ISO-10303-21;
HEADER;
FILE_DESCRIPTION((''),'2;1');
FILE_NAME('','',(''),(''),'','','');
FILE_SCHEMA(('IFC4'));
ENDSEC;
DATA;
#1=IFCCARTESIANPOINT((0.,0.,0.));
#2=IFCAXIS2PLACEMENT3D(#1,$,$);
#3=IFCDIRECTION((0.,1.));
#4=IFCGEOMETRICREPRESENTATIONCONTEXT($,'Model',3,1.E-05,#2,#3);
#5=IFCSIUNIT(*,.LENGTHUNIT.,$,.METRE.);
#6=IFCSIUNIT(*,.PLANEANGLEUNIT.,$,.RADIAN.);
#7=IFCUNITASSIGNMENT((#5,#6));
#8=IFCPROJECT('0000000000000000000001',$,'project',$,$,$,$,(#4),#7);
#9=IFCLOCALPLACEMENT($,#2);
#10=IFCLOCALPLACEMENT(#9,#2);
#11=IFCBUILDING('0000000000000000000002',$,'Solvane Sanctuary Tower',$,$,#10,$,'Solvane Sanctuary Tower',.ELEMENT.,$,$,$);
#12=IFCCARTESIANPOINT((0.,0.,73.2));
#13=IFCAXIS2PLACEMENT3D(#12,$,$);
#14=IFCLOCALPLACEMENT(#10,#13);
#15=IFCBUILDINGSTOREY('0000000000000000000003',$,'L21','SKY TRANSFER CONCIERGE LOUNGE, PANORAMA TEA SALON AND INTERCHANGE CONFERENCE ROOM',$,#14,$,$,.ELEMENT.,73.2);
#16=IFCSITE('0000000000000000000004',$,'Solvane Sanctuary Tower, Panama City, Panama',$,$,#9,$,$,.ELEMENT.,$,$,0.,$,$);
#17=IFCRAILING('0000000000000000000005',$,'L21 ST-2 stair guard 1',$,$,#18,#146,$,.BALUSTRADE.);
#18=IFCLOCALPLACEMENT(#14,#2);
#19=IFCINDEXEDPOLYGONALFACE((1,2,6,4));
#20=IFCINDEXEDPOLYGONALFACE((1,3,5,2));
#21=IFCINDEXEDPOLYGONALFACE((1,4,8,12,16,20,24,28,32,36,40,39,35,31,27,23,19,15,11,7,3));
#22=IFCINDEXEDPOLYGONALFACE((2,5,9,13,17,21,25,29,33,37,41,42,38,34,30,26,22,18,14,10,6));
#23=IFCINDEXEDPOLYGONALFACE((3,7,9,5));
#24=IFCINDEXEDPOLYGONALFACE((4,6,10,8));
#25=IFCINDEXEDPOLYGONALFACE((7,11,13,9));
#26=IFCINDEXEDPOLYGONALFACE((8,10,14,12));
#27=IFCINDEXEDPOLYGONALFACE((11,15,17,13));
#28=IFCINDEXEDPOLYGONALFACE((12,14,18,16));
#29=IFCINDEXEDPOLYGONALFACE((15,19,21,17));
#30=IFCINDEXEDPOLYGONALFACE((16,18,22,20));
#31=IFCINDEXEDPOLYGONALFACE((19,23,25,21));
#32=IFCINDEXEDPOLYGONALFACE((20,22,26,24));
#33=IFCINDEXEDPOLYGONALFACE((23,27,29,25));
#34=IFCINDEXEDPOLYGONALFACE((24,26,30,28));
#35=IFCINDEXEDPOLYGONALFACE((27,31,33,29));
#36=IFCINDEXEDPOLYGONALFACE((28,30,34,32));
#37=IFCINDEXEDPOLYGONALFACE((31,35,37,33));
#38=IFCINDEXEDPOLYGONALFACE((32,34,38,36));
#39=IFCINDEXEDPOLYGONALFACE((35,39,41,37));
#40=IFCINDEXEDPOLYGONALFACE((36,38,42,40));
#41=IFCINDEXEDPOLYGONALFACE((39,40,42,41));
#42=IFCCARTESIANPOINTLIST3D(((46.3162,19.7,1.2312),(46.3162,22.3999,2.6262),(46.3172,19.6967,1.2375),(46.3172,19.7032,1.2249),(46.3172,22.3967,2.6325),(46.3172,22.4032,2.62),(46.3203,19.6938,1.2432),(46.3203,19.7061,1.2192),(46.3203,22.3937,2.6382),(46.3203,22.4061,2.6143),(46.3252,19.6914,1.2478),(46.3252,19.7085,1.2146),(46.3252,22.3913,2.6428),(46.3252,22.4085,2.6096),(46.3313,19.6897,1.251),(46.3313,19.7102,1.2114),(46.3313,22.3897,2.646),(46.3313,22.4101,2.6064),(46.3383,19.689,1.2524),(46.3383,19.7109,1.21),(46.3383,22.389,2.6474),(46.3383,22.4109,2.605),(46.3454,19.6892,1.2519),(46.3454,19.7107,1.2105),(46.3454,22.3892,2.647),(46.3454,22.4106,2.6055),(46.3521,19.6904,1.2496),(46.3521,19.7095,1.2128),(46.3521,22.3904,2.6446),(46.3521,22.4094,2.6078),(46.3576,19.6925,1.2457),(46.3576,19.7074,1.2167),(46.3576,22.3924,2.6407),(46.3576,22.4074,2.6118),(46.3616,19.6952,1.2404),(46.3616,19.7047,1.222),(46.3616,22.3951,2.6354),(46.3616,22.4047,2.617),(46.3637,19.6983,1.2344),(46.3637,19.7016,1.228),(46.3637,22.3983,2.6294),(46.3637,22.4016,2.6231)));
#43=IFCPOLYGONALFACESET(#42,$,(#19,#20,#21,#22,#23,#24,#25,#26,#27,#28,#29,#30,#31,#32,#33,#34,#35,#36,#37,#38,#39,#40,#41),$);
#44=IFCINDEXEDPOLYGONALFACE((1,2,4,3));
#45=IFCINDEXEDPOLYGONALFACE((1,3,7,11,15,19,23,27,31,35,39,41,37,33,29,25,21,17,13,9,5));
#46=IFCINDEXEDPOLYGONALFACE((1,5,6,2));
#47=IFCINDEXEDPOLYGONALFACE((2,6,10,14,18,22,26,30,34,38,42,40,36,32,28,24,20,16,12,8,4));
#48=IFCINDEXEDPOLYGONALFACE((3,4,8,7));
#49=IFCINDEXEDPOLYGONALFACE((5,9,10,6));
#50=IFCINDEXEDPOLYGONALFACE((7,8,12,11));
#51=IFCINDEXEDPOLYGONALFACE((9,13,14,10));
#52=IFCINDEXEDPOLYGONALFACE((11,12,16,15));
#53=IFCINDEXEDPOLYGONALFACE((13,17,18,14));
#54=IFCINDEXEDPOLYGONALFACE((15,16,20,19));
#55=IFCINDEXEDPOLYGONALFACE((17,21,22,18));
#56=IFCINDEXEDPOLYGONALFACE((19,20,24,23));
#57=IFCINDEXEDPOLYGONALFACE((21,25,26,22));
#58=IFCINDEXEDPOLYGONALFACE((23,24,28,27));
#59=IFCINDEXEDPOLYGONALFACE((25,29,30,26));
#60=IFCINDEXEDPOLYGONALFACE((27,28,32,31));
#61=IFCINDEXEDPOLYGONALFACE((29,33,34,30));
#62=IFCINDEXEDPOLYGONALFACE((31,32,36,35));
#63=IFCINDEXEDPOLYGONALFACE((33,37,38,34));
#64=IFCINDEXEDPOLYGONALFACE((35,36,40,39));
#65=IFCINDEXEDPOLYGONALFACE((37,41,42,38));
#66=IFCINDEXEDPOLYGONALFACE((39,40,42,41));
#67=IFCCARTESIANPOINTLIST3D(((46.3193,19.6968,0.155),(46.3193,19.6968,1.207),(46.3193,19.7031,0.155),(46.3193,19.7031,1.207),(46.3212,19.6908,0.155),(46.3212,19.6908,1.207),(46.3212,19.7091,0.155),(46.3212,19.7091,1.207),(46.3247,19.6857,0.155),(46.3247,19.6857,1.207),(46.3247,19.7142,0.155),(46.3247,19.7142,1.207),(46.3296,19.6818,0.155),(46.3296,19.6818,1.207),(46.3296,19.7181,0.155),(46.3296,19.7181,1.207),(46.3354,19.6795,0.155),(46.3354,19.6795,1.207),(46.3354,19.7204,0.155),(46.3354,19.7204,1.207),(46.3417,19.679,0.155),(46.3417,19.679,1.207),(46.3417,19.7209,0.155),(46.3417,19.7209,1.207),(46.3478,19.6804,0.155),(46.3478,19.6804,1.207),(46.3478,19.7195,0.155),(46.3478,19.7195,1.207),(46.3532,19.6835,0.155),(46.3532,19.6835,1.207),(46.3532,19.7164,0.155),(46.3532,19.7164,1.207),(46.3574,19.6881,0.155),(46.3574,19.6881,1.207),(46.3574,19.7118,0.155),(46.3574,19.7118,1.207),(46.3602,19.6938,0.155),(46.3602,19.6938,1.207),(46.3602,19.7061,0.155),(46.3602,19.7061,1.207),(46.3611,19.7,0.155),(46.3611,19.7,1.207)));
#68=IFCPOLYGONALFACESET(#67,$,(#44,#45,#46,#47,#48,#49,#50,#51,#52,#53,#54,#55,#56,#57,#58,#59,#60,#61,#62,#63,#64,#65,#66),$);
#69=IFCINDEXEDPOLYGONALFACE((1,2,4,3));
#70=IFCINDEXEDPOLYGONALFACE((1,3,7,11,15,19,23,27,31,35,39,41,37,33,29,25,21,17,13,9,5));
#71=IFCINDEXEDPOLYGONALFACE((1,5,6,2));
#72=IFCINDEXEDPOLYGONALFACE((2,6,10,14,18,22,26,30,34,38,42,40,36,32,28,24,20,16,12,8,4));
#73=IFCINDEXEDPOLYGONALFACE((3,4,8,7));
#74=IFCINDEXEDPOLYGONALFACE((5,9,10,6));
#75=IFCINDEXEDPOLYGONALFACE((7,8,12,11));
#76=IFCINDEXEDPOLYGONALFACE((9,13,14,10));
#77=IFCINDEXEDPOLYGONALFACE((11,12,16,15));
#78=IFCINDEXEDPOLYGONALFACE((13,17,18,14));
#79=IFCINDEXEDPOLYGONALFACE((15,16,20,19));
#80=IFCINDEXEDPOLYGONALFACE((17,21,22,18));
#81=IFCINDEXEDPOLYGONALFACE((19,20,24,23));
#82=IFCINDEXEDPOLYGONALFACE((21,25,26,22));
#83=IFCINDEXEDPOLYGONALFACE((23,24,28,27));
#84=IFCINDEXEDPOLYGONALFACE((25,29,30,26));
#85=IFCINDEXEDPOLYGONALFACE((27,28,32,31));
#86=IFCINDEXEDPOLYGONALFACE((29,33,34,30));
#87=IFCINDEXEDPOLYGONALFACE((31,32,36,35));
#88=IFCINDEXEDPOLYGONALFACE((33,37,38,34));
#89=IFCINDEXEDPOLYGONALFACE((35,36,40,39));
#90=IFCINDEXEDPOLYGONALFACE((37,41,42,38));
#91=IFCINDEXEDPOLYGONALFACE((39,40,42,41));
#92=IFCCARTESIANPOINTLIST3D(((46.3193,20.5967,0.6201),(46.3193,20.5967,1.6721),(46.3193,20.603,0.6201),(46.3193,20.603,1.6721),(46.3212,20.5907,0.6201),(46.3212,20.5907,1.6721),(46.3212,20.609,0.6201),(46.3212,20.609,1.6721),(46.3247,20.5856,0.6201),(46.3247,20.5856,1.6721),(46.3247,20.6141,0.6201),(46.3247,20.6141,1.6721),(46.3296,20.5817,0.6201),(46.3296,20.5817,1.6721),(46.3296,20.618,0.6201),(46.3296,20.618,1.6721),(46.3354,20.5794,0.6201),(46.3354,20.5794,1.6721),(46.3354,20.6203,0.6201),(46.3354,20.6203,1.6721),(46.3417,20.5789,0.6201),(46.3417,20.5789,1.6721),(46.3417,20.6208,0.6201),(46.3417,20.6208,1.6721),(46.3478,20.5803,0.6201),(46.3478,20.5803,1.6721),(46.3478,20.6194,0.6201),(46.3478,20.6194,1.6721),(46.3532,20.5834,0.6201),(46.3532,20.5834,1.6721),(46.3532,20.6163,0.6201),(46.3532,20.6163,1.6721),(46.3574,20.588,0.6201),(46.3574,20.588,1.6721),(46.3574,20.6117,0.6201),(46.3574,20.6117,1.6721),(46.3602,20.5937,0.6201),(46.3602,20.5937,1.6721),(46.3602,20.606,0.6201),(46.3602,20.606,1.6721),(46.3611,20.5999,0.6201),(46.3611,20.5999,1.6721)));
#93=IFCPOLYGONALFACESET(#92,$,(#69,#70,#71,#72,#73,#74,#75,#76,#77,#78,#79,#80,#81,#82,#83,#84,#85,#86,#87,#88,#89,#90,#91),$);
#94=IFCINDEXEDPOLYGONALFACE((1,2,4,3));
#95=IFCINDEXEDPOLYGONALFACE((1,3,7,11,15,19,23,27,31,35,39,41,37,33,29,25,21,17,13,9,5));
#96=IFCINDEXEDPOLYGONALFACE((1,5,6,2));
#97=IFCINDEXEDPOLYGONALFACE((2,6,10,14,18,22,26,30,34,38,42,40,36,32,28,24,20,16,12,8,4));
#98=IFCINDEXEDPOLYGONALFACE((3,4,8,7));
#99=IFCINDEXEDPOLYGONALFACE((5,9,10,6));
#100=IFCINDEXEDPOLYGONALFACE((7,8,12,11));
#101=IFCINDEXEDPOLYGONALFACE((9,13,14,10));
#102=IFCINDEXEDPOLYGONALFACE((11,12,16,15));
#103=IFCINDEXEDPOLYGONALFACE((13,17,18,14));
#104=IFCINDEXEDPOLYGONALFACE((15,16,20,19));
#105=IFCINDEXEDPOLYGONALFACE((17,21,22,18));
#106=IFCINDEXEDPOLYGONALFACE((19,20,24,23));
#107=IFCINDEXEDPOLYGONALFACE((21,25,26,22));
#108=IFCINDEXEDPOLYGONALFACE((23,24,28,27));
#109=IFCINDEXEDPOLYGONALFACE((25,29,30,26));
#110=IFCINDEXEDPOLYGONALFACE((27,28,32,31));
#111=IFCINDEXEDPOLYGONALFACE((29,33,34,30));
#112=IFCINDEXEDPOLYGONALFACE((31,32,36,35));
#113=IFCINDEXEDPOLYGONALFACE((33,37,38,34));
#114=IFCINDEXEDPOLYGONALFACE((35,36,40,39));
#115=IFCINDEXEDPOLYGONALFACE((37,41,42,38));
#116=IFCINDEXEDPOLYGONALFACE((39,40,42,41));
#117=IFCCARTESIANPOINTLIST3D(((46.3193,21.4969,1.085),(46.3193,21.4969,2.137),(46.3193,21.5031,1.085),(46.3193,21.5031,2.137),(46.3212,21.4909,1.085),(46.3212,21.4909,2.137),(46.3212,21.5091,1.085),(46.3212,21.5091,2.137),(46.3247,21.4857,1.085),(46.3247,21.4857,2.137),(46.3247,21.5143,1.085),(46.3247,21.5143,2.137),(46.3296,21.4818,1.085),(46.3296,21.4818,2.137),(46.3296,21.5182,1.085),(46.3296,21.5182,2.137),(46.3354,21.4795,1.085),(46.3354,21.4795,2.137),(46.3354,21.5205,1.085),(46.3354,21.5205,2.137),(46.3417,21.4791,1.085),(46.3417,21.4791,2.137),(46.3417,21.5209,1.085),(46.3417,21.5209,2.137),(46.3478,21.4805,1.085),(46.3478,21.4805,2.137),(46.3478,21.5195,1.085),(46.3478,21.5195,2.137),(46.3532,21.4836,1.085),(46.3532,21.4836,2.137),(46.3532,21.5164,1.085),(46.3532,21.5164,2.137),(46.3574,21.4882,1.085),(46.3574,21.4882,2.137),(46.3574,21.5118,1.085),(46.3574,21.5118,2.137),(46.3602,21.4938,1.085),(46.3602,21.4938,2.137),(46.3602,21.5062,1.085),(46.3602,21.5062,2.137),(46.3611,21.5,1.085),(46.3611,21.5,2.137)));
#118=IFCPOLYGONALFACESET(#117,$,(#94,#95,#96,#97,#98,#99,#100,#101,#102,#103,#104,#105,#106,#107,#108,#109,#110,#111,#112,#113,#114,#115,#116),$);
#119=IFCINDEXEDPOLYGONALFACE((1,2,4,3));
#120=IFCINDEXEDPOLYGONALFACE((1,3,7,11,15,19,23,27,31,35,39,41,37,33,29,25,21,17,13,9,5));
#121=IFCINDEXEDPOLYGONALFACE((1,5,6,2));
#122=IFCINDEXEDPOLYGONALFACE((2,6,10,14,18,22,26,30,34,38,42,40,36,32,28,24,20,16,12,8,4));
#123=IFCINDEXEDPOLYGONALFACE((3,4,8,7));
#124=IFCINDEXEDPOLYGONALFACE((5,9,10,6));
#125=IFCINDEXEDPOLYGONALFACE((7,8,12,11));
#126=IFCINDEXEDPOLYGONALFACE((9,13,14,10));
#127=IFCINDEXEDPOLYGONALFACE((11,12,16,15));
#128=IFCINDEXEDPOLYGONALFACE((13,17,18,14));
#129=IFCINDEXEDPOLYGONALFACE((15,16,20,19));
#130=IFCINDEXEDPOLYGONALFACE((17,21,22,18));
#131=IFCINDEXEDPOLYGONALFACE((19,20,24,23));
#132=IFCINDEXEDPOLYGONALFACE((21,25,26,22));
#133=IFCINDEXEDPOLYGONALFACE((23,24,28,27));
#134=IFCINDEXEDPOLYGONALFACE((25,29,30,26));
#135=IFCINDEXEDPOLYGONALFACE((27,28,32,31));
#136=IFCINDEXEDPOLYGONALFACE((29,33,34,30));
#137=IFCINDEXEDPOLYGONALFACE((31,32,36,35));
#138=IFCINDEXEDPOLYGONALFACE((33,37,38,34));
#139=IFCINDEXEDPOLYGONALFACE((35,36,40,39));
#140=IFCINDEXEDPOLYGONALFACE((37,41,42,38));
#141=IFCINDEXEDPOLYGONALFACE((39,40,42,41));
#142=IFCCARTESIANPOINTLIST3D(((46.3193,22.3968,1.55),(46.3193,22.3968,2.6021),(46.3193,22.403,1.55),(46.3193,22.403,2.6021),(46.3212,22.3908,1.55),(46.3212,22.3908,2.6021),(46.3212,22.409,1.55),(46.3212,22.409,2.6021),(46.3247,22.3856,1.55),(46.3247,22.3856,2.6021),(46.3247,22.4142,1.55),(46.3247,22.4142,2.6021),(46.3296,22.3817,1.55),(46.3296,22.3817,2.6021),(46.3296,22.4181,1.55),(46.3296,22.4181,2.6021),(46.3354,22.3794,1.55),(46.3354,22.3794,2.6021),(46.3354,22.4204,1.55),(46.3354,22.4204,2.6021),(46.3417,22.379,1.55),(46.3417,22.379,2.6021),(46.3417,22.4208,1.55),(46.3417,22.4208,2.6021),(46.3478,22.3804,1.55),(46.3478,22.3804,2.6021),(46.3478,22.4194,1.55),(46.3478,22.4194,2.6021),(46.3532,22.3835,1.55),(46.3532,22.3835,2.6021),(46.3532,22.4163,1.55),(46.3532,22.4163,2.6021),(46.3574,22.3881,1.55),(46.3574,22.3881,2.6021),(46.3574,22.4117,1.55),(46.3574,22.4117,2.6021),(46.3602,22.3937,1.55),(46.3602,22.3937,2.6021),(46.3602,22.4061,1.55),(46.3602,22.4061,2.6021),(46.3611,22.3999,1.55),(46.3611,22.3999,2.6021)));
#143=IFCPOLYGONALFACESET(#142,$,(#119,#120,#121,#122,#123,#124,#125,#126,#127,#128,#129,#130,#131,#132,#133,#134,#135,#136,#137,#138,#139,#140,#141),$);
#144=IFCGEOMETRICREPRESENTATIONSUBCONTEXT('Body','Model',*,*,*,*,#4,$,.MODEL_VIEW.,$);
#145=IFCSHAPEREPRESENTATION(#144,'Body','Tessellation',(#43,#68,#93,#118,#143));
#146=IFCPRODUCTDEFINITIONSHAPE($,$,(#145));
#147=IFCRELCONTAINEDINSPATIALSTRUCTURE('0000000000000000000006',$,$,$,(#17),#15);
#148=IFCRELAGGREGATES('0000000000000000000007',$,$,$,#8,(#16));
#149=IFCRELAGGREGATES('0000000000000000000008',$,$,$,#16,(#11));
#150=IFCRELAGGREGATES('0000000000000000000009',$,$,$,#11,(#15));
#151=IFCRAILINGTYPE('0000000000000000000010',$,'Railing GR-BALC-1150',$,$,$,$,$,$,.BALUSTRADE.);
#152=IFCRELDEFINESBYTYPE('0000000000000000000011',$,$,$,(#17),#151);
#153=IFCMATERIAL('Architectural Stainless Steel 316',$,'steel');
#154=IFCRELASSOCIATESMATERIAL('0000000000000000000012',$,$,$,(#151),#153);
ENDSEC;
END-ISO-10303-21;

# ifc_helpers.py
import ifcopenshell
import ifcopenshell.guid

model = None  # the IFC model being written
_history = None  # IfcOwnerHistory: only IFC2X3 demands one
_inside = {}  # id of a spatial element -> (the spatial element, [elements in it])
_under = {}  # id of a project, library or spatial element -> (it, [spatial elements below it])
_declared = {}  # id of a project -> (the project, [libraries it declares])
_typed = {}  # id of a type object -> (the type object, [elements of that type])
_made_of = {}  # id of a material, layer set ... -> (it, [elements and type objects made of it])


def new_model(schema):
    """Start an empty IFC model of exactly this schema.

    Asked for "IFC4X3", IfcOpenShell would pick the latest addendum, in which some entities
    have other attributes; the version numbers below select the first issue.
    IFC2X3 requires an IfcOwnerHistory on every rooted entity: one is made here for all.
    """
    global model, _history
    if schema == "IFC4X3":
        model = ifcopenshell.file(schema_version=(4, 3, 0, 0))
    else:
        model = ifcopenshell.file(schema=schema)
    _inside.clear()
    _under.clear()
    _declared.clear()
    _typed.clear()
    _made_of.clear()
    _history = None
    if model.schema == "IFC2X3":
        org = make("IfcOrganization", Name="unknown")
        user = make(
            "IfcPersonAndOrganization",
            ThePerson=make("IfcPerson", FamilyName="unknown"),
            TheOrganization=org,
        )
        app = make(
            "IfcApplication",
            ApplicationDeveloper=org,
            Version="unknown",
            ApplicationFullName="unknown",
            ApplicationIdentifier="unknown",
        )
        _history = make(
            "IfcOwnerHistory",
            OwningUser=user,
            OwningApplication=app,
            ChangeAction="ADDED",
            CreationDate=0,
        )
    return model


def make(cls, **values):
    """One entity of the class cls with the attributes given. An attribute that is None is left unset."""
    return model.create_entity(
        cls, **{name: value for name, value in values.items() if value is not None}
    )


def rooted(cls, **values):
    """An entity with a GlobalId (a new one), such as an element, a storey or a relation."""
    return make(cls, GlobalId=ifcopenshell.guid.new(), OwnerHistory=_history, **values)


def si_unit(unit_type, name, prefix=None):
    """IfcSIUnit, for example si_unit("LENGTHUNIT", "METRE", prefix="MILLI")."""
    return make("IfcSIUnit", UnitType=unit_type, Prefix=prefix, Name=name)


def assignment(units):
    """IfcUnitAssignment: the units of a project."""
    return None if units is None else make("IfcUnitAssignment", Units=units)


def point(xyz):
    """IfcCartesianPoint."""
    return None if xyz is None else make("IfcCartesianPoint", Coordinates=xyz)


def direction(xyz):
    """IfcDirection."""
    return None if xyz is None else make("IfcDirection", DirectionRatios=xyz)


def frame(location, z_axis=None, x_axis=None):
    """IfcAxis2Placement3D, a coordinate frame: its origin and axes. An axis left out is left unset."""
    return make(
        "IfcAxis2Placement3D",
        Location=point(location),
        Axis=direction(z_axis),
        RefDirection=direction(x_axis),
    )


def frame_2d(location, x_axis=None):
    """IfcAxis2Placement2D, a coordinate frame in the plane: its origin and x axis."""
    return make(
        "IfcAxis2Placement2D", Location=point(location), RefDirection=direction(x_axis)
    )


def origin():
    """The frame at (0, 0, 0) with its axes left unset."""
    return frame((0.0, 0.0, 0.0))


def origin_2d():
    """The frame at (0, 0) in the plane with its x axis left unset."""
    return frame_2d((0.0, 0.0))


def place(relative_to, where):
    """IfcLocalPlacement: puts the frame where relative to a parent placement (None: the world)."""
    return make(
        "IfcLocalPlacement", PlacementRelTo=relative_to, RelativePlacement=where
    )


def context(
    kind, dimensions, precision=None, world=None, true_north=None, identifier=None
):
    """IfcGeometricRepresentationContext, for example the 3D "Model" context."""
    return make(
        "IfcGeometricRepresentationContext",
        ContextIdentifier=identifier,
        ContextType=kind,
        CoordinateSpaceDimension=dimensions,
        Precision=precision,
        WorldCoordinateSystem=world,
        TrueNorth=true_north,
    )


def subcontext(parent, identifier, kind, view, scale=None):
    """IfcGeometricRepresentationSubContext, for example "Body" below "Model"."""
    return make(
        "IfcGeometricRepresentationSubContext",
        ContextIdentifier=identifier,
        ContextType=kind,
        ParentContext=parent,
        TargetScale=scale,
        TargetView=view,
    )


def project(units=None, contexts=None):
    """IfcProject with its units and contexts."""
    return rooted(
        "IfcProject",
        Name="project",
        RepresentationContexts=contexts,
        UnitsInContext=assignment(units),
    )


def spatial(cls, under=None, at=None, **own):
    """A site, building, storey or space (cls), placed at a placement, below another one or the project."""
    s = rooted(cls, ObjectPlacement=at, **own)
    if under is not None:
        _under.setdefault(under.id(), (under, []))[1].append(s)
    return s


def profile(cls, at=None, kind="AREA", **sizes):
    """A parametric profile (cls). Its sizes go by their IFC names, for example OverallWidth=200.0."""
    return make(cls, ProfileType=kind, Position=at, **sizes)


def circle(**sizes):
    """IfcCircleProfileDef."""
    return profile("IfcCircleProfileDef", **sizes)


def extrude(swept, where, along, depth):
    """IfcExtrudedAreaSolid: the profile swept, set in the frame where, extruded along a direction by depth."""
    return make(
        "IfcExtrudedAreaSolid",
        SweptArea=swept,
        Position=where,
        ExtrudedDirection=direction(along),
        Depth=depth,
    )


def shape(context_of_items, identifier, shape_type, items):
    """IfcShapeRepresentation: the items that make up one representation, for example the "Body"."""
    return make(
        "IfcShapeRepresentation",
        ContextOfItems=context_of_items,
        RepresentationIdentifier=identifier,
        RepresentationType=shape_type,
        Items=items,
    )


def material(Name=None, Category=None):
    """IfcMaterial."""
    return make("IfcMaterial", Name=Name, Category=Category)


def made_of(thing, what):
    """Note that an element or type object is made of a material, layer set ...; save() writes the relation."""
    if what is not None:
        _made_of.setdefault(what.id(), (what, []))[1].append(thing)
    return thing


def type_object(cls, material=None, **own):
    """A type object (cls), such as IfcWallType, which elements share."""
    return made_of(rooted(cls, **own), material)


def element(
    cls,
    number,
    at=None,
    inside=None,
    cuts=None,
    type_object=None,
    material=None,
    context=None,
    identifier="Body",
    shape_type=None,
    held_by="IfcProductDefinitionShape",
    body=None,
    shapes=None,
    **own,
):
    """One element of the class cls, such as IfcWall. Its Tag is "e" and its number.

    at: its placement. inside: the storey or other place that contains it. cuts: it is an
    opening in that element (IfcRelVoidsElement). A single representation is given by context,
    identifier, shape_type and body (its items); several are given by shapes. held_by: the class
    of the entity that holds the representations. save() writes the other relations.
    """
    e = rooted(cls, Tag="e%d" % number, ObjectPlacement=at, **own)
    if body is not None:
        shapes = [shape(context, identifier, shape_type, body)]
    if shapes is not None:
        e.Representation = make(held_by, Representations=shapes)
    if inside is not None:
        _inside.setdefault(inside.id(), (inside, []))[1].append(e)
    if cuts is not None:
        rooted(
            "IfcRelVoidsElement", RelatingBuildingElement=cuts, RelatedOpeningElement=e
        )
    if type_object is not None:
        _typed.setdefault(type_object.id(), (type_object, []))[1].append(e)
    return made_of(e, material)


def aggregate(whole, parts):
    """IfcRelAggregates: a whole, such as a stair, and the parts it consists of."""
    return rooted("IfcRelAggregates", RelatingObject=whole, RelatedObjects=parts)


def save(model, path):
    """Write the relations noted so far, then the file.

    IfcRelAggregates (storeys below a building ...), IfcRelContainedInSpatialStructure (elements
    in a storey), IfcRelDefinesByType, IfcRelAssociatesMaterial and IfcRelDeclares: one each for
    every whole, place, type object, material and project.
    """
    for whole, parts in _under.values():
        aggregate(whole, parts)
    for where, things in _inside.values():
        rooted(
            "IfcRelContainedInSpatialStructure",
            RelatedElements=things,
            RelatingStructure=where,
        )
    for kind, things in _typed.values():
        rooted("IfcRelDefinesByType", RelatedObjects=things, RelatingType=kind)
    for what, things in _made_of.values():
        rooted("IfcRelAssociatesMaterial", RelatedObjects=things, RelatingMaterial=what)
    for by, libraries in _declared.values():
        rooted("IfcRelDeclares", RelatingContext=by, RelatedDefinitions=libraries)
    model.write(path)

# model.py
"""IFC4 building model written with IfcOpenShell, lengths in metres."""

from ifc_helpers import new_model, si_unit, direction, frame, origin, origin_2d, place, context, subcontext, project, spatial, circle, extrude, material, type_object, element, save


model = new_model("IFC4")

# Units and contexts
model_context = context("Model", 3, precision=1e-05, world=origin(), true_north=direction((0.0, 1.0)))
body_context = subcontext(model_context, "Body", "Model", "MODEL_VIEW")
ifc_project = project(units=[si_unit("LENGTHUNIT", "METRE"), si_unit("PLANEANGLEUNIT", "RADIAN")], contexts=[model_context])

# Site, building, storey
site_placement = place(None, origin())
site = spatial("IfcSite", under=ifc_project, at=site_placement, Name="Solvane Sanctuary Tower, Panama City, Panama", CompositionType="ELEMENT", RefElevation=0.0)
building_placement = place(site_placement, origin())
building = spatial("IfcBuilding", under=site, at=building_placement, Name="Solvane Sanctuary Tower", LongName="Solvane Sanctuary Tower", CompositionType="ELEMENT")
storey_placement = place(building_placement, frame((0.0, 0.0, 73.2)))
storey = spatial("IfcBuildingStorey", under=building, at=storey_placement, Name="L21", Description="SKY TRANSFER CONCIERGE LOUNGE, PANORAMA TEA SALON AND INTERCHANGE CONFERENCE ROOM", CompositionType="ELEMENT", Elevation=73.2)

# Shared definitions
ifc_material_1 = material(Name="Architectural Stainless Steel 316", Category="steel")

# Railing
railing_type_1 = type_object("IfcRailingType", Name="Railing GR-BALC-1150", PredefinedType="BALUSTRADE", material=ifc_material_1)
railing_1_placement = place(storey_placement, frame((46.3401, 19.7, 0.155)))
element("IfcRailing", 1, at=railing_1_placement, inside=storey, type_object=railing_type_1, Name="L21 ST-2 stair guard 1", PredefinedType="BALUSTRADE", context=body_context, shape_type="SweptSolid", body=[
    extrude(circle(Radius=0.0239, at=origin_2d()), frame((0.0, 0.0, 1.0762), z_axis=(0.0, 0.88842, 0.459032), x_axis=(-1.0, 0.0, 0.0)), (0.0, 0.0, 1.0), 3.0391),
    extrude(circle(Radius=0.021, at=origin_2d()), origin(), (0.0, 0.0, 1.0), 1.052),
    extrude(circle(Radius=0.021, at=origin_2d()), frame((0.0, 0.8999, 0.4651)), (0.0, 0.0, 1.0), 1.052),
    extrude(circle(Radius=0.021, at=origin_2d()), frame((0.0, 1.8, 0.9299)), (0.0, 0.0, 1.0), 1.052),
    extrude(circle(Radius=0.021, at=origin_2d()), frame((0.0, 2.7, 1.395)), (0.0, 0.0, 1.0), 1.052),
])

save(model, "model.ifc")
